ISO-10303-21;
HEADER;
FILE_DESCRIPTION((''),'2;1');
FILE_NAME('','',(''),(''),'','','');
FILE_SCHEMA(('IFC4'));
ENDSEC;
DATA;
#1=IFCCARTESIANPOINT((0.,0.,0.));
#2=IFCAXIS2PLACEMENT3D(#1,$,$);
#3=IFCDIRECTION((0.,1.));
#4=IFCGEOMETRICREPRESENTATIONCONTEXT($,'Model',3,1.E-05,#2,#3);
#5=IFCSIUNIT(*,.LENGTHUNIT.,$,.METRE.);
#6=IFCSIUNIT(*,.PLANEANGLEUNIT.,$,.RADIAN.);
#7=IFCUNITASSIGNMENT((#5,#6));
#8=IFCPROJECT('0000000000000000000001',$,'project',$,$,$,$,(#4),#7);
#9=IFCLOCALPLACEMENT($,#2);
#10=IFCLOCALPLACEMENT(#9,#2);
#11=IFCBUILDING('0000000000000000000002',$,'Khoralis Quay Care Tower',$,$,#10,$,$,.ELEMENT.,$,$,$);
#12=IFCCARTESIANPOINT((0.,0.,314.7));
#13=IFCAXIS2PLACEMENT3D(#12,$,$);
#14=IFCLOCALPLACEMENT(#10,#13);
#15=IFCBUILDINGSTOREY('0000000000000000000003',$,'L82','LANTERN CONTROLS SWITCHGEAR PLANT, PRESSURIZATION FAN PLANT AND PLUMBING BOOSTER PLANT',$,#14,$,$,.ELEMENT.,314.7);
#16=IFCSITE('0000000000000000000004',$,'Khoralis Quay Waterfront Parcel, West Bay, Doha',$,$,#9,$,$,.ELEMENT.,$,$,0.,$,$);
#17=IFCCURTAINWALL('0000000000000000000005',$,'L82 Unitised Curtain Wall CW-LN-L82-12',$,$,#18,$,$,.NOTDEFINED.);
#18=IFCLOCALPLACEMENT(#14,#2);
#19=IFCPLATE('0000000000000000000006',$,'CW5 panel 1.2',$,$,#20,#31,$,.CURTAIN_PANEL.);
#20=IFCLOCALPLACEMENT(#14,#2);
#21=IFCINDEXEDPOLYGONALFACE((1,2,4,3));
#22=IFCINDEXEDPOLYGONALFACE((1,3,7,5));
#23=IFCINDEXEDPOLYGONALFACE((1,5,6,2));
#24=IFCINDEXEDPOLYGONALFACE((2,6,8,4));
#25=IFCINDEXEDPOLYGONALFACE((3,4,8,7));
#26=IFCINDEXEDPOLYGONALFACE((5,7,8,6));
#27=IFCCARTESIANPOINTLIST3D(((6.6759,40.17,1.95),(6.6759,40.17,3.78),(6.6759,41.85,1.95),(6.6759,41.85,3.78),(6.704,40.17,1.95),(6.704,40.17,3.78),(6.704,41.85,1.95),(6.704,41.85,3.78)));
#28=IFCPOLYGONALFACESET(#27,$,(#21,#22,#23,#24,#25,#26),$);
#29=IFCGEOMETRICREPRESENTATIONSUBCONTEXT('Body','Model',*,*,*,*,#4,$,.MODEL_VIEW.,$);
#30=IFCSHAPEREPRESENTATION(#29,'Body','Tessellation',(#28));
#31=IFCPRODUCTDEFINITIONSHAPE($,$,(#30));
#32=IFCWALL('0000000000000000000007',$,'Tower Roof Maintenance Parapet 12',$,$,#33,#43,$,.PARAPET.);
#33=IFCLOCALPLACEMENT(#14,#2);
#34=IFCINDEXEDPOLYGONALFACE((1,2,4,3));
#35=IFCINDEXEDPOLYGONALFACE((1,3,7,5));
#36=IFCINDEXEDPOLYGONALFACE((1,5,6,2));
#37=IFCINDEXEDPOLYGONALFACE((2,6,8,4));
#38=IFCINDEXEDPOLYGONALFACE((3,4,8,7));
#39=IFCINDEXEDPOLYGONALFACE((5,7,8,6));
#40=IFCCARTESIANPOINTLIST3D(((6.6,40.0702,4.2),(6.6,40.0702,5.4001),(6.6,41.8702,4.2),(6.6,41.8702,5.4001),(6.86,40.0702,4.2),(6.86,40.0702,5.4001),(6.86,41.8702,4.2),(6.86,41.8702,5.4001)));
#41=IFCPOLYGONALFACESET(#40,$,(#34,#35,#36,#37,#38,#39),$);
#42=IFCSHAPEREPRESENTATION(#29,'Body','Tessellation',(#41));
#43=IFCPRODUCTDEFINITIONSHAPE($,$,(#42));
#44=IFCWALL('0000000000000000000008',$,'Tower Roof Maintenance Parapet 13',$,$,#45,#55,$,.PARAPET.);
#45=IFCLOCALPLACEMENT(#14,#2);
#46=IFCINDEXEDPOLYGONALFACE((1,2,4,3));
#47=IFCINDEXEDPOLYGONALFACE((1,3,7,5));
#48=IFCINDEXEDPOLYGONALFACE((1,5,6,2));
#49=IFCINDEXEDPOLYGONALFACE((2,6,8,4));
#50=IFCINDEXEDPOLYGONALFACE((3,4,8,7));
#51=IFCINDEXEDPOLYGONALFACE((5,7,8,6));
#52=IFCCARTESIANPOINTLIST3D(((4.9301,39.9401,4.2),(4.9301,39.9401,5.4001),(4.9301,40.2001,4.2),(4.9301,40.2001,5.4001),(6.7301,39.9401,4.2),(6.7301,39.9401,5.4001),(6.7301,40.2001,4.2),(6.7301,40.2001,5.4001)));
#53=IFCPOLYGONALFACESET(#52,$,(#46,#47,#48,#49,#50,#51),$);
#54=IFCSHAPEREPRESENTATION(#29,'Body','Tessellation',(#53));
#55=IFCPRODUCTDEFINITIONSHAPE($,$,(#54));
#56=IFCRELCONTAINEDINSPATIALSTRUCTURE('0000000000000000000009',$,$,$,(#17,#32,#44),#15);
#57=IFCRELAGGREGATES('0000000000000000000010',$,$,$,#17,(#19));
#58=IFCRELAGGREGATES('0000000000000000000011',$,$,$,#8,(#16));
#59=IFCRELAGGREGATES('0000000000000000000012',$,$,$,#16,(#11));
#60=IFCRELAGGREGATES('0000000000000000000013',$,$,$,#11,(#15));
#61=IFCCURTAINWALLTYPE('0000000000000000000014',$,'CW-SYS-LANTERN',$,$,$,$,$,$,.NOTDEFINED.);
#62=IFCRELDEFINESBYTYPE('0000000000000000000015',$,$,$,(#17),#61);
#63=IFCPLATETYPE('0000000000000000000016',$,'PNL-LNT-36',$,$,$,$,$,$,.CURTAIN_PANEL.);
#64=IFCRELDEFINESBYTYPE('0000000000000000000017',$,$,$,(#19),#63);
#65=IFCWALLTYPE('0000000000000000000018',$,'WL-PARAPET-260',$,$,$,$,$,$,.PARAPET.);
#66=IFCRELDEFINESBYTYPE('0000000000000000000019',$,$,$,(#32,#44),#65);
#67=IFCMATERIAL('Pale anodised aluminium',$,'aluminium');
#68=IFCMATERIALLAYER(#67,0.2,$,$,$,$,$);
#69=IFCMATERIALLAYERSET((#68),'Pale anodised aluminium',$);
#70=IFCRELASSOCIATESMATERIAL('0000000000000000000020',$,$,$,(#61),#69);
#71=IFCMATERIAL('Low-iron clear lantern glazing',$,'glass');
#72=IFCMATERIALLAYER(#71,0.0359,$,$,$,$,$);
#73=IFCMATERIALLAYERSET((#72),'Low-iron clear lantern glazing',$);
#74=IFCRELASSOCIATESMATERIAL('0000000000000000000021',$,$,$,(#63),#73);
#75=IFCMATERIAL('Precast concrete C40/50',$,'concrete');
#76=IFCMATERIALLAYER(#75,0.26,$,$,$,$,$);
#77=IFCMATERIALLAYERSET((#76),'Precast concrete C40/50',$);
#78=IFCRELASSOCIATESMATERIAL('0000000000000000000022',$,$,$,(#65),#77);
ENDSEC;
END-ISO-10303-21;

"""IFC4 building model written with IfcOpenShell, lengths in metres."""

from ifc_helpers import new_model, si_unit, direction, frame, frame_2d, origin, origin_2d, place, context, subcontext, project, spatial, rectangle, extrude, source, transform, mapped, material, layer, layer_set, type_object, element, aggregate, save


model = new_model("IFC4")

# Units and contexts
model_context = context("Model", 3, precision=1e-05, world=origin(), true_north=direction((0.0, 1.0)))
body_context = subcontext(model_context, "Body", "Model", "MODEL_VIEW")
ifc_project = project(units=[si_unit("LENGTHUNIT", "METRE"), si_unit("PLANEANGLEUNIT", "RADIAN")], contexts=[model_context])

# Site, building, storey
site_placement = place(None, origin())
site = spatial("IfcSite", under=ifc_project, at=site_placement, Name="Khoralis Quay Waterfront Parcel, West Bay, Doha", CompositionType="ELEMENT", RefElevation=0.0)
building_placement = place(site_placement, origin())
building = spatial("IfcBuilding", under=site, at=building_placement, Name="Khoralis Quay Care Tower", CompositionType="ELEMENT")
storey_placement = place(building_placement, frame((0.0, 0.0, 314.7)))
storey = spatial("IfcBuildingStorey", under=building, at=storey_placement, Name="L82", Description="LANTERN CONTROLS SWITCHGEAR PLANT, PRESSURIZATION FAN PLANT AND PLUMBING BOOSTER PLANT", CompositionType="ELEMENT", Elevation=314.7)

# Curtain wall
ifc_material_1 = material(Name="Pale anodised aluminium", Category="aluminium")
ifc_layer_1 = layer(ifc_material_1, 0.2)
ifc_layer_set_1 = layer_set([ifc_layer_1], Name="Pale anodised aluminium")
curtain_wall_type = type_object("IfcCurtainWallType", Name="CW-SYS-LANTERN", PredefinedType="NOTDEFINED", material=ifc_layer_set_1)
curtain_wall_1_placement = place(storey_placement, origin())
curtain_wall_1 = element("IfcCurtainWall", 1, at=curtain_wall_1_placement, inside=storey, type_object=curtain_wall_type, Name="L82 Unitised Curtain Wall CW-LN-L82-12", PredefinedType="NOTDEFINED")

# Plate
ifc_material_2 = material(Name="Low-iron clear lantern glazing", Category="glass")
ifc_layer_2 = layer(ifc_material_2, 0.0359)
ifc_layer_set_2 = layer_set([ifc_layer_2], Name="Low-iron clear lantern glazing")
plate_type = type_object("IfcPlateType", Name="PNL-LNT-36", PredefinedType="CURTAIN_PANEL", material=ifc_layer_set_2)
shared_shape_1 = source(origin(), body_context, "Body", "SweptSolid", [
    extrude(rectangle(XDim=1.6799, YDim=0.0281, at=origin_2d()), origin(), (0.0, 0.0, 1.0), 1.8301),
])
plate_1_placement = place(storey_placement, frame((6.6899, 41.01, 1.95), z_axis=(0.0, 0.0, 1.0), x_axis=(0.0, -1.0, 0.0)))
plate_1 = element("IfcPlate", 2, at=plate_1_placement, type_object=plate_type, Name="CW5 panel 1.2", PredefinedType="CURTAIN_PANEL", context=body_context, shape_type="MappedRepresentation", body=[
    mapped(shared_shape_1, transform((0.0, 0.0, 0.0), scale=1.0)),
])
aggregate(curtain_wall_1, [plate_1])

# Walls
ifc_material_3 = material(Name="Precast concrete C40/50", Category="concrete")
ifc_layer_3 = layer(ifc_material_3, 0.26)
ifc_layer_set_3 = layer_set([ifc_layer_3], Name="Precast concrete C40/50")
wall_type = type_object("IfcWallType", Name="WL-PARAPET-260", PredefinedType="PARAPET", material=ifc_layer_set_3)
for number, where, z_axis, x_axis, name in (
    (3, (6.73, 41.8701, 4.2), (0.0, 0.0, 1.0), (0.0, -1.0, 0.0), "Tower Roof Maintenance Parapet 12"),
    (4, (6.73, 40.0701, 4.2), (0.0, 0.0, 1.0), (-1.0, 0.0, 0.0), "Tower Roof Maintenance Parapet 13"),
):
    element("IfcWall", number, at=place(storey_placement, frame(where, z_axis=z_axis, x_axis=x_axis)), inside=storey, type_object=wall_type, Name=name, PredefinedType="PARAPET", context=body_context, shape_type="SweptSolid", body=[
        extrude(rectangle(XDim=1.8, YDim=0.26, at=frame_2d((0.8999, 0.0))), origin(), (0.0, 0.0, 1.0), 1.2002),
    ])

save(model, "model.ifc")
